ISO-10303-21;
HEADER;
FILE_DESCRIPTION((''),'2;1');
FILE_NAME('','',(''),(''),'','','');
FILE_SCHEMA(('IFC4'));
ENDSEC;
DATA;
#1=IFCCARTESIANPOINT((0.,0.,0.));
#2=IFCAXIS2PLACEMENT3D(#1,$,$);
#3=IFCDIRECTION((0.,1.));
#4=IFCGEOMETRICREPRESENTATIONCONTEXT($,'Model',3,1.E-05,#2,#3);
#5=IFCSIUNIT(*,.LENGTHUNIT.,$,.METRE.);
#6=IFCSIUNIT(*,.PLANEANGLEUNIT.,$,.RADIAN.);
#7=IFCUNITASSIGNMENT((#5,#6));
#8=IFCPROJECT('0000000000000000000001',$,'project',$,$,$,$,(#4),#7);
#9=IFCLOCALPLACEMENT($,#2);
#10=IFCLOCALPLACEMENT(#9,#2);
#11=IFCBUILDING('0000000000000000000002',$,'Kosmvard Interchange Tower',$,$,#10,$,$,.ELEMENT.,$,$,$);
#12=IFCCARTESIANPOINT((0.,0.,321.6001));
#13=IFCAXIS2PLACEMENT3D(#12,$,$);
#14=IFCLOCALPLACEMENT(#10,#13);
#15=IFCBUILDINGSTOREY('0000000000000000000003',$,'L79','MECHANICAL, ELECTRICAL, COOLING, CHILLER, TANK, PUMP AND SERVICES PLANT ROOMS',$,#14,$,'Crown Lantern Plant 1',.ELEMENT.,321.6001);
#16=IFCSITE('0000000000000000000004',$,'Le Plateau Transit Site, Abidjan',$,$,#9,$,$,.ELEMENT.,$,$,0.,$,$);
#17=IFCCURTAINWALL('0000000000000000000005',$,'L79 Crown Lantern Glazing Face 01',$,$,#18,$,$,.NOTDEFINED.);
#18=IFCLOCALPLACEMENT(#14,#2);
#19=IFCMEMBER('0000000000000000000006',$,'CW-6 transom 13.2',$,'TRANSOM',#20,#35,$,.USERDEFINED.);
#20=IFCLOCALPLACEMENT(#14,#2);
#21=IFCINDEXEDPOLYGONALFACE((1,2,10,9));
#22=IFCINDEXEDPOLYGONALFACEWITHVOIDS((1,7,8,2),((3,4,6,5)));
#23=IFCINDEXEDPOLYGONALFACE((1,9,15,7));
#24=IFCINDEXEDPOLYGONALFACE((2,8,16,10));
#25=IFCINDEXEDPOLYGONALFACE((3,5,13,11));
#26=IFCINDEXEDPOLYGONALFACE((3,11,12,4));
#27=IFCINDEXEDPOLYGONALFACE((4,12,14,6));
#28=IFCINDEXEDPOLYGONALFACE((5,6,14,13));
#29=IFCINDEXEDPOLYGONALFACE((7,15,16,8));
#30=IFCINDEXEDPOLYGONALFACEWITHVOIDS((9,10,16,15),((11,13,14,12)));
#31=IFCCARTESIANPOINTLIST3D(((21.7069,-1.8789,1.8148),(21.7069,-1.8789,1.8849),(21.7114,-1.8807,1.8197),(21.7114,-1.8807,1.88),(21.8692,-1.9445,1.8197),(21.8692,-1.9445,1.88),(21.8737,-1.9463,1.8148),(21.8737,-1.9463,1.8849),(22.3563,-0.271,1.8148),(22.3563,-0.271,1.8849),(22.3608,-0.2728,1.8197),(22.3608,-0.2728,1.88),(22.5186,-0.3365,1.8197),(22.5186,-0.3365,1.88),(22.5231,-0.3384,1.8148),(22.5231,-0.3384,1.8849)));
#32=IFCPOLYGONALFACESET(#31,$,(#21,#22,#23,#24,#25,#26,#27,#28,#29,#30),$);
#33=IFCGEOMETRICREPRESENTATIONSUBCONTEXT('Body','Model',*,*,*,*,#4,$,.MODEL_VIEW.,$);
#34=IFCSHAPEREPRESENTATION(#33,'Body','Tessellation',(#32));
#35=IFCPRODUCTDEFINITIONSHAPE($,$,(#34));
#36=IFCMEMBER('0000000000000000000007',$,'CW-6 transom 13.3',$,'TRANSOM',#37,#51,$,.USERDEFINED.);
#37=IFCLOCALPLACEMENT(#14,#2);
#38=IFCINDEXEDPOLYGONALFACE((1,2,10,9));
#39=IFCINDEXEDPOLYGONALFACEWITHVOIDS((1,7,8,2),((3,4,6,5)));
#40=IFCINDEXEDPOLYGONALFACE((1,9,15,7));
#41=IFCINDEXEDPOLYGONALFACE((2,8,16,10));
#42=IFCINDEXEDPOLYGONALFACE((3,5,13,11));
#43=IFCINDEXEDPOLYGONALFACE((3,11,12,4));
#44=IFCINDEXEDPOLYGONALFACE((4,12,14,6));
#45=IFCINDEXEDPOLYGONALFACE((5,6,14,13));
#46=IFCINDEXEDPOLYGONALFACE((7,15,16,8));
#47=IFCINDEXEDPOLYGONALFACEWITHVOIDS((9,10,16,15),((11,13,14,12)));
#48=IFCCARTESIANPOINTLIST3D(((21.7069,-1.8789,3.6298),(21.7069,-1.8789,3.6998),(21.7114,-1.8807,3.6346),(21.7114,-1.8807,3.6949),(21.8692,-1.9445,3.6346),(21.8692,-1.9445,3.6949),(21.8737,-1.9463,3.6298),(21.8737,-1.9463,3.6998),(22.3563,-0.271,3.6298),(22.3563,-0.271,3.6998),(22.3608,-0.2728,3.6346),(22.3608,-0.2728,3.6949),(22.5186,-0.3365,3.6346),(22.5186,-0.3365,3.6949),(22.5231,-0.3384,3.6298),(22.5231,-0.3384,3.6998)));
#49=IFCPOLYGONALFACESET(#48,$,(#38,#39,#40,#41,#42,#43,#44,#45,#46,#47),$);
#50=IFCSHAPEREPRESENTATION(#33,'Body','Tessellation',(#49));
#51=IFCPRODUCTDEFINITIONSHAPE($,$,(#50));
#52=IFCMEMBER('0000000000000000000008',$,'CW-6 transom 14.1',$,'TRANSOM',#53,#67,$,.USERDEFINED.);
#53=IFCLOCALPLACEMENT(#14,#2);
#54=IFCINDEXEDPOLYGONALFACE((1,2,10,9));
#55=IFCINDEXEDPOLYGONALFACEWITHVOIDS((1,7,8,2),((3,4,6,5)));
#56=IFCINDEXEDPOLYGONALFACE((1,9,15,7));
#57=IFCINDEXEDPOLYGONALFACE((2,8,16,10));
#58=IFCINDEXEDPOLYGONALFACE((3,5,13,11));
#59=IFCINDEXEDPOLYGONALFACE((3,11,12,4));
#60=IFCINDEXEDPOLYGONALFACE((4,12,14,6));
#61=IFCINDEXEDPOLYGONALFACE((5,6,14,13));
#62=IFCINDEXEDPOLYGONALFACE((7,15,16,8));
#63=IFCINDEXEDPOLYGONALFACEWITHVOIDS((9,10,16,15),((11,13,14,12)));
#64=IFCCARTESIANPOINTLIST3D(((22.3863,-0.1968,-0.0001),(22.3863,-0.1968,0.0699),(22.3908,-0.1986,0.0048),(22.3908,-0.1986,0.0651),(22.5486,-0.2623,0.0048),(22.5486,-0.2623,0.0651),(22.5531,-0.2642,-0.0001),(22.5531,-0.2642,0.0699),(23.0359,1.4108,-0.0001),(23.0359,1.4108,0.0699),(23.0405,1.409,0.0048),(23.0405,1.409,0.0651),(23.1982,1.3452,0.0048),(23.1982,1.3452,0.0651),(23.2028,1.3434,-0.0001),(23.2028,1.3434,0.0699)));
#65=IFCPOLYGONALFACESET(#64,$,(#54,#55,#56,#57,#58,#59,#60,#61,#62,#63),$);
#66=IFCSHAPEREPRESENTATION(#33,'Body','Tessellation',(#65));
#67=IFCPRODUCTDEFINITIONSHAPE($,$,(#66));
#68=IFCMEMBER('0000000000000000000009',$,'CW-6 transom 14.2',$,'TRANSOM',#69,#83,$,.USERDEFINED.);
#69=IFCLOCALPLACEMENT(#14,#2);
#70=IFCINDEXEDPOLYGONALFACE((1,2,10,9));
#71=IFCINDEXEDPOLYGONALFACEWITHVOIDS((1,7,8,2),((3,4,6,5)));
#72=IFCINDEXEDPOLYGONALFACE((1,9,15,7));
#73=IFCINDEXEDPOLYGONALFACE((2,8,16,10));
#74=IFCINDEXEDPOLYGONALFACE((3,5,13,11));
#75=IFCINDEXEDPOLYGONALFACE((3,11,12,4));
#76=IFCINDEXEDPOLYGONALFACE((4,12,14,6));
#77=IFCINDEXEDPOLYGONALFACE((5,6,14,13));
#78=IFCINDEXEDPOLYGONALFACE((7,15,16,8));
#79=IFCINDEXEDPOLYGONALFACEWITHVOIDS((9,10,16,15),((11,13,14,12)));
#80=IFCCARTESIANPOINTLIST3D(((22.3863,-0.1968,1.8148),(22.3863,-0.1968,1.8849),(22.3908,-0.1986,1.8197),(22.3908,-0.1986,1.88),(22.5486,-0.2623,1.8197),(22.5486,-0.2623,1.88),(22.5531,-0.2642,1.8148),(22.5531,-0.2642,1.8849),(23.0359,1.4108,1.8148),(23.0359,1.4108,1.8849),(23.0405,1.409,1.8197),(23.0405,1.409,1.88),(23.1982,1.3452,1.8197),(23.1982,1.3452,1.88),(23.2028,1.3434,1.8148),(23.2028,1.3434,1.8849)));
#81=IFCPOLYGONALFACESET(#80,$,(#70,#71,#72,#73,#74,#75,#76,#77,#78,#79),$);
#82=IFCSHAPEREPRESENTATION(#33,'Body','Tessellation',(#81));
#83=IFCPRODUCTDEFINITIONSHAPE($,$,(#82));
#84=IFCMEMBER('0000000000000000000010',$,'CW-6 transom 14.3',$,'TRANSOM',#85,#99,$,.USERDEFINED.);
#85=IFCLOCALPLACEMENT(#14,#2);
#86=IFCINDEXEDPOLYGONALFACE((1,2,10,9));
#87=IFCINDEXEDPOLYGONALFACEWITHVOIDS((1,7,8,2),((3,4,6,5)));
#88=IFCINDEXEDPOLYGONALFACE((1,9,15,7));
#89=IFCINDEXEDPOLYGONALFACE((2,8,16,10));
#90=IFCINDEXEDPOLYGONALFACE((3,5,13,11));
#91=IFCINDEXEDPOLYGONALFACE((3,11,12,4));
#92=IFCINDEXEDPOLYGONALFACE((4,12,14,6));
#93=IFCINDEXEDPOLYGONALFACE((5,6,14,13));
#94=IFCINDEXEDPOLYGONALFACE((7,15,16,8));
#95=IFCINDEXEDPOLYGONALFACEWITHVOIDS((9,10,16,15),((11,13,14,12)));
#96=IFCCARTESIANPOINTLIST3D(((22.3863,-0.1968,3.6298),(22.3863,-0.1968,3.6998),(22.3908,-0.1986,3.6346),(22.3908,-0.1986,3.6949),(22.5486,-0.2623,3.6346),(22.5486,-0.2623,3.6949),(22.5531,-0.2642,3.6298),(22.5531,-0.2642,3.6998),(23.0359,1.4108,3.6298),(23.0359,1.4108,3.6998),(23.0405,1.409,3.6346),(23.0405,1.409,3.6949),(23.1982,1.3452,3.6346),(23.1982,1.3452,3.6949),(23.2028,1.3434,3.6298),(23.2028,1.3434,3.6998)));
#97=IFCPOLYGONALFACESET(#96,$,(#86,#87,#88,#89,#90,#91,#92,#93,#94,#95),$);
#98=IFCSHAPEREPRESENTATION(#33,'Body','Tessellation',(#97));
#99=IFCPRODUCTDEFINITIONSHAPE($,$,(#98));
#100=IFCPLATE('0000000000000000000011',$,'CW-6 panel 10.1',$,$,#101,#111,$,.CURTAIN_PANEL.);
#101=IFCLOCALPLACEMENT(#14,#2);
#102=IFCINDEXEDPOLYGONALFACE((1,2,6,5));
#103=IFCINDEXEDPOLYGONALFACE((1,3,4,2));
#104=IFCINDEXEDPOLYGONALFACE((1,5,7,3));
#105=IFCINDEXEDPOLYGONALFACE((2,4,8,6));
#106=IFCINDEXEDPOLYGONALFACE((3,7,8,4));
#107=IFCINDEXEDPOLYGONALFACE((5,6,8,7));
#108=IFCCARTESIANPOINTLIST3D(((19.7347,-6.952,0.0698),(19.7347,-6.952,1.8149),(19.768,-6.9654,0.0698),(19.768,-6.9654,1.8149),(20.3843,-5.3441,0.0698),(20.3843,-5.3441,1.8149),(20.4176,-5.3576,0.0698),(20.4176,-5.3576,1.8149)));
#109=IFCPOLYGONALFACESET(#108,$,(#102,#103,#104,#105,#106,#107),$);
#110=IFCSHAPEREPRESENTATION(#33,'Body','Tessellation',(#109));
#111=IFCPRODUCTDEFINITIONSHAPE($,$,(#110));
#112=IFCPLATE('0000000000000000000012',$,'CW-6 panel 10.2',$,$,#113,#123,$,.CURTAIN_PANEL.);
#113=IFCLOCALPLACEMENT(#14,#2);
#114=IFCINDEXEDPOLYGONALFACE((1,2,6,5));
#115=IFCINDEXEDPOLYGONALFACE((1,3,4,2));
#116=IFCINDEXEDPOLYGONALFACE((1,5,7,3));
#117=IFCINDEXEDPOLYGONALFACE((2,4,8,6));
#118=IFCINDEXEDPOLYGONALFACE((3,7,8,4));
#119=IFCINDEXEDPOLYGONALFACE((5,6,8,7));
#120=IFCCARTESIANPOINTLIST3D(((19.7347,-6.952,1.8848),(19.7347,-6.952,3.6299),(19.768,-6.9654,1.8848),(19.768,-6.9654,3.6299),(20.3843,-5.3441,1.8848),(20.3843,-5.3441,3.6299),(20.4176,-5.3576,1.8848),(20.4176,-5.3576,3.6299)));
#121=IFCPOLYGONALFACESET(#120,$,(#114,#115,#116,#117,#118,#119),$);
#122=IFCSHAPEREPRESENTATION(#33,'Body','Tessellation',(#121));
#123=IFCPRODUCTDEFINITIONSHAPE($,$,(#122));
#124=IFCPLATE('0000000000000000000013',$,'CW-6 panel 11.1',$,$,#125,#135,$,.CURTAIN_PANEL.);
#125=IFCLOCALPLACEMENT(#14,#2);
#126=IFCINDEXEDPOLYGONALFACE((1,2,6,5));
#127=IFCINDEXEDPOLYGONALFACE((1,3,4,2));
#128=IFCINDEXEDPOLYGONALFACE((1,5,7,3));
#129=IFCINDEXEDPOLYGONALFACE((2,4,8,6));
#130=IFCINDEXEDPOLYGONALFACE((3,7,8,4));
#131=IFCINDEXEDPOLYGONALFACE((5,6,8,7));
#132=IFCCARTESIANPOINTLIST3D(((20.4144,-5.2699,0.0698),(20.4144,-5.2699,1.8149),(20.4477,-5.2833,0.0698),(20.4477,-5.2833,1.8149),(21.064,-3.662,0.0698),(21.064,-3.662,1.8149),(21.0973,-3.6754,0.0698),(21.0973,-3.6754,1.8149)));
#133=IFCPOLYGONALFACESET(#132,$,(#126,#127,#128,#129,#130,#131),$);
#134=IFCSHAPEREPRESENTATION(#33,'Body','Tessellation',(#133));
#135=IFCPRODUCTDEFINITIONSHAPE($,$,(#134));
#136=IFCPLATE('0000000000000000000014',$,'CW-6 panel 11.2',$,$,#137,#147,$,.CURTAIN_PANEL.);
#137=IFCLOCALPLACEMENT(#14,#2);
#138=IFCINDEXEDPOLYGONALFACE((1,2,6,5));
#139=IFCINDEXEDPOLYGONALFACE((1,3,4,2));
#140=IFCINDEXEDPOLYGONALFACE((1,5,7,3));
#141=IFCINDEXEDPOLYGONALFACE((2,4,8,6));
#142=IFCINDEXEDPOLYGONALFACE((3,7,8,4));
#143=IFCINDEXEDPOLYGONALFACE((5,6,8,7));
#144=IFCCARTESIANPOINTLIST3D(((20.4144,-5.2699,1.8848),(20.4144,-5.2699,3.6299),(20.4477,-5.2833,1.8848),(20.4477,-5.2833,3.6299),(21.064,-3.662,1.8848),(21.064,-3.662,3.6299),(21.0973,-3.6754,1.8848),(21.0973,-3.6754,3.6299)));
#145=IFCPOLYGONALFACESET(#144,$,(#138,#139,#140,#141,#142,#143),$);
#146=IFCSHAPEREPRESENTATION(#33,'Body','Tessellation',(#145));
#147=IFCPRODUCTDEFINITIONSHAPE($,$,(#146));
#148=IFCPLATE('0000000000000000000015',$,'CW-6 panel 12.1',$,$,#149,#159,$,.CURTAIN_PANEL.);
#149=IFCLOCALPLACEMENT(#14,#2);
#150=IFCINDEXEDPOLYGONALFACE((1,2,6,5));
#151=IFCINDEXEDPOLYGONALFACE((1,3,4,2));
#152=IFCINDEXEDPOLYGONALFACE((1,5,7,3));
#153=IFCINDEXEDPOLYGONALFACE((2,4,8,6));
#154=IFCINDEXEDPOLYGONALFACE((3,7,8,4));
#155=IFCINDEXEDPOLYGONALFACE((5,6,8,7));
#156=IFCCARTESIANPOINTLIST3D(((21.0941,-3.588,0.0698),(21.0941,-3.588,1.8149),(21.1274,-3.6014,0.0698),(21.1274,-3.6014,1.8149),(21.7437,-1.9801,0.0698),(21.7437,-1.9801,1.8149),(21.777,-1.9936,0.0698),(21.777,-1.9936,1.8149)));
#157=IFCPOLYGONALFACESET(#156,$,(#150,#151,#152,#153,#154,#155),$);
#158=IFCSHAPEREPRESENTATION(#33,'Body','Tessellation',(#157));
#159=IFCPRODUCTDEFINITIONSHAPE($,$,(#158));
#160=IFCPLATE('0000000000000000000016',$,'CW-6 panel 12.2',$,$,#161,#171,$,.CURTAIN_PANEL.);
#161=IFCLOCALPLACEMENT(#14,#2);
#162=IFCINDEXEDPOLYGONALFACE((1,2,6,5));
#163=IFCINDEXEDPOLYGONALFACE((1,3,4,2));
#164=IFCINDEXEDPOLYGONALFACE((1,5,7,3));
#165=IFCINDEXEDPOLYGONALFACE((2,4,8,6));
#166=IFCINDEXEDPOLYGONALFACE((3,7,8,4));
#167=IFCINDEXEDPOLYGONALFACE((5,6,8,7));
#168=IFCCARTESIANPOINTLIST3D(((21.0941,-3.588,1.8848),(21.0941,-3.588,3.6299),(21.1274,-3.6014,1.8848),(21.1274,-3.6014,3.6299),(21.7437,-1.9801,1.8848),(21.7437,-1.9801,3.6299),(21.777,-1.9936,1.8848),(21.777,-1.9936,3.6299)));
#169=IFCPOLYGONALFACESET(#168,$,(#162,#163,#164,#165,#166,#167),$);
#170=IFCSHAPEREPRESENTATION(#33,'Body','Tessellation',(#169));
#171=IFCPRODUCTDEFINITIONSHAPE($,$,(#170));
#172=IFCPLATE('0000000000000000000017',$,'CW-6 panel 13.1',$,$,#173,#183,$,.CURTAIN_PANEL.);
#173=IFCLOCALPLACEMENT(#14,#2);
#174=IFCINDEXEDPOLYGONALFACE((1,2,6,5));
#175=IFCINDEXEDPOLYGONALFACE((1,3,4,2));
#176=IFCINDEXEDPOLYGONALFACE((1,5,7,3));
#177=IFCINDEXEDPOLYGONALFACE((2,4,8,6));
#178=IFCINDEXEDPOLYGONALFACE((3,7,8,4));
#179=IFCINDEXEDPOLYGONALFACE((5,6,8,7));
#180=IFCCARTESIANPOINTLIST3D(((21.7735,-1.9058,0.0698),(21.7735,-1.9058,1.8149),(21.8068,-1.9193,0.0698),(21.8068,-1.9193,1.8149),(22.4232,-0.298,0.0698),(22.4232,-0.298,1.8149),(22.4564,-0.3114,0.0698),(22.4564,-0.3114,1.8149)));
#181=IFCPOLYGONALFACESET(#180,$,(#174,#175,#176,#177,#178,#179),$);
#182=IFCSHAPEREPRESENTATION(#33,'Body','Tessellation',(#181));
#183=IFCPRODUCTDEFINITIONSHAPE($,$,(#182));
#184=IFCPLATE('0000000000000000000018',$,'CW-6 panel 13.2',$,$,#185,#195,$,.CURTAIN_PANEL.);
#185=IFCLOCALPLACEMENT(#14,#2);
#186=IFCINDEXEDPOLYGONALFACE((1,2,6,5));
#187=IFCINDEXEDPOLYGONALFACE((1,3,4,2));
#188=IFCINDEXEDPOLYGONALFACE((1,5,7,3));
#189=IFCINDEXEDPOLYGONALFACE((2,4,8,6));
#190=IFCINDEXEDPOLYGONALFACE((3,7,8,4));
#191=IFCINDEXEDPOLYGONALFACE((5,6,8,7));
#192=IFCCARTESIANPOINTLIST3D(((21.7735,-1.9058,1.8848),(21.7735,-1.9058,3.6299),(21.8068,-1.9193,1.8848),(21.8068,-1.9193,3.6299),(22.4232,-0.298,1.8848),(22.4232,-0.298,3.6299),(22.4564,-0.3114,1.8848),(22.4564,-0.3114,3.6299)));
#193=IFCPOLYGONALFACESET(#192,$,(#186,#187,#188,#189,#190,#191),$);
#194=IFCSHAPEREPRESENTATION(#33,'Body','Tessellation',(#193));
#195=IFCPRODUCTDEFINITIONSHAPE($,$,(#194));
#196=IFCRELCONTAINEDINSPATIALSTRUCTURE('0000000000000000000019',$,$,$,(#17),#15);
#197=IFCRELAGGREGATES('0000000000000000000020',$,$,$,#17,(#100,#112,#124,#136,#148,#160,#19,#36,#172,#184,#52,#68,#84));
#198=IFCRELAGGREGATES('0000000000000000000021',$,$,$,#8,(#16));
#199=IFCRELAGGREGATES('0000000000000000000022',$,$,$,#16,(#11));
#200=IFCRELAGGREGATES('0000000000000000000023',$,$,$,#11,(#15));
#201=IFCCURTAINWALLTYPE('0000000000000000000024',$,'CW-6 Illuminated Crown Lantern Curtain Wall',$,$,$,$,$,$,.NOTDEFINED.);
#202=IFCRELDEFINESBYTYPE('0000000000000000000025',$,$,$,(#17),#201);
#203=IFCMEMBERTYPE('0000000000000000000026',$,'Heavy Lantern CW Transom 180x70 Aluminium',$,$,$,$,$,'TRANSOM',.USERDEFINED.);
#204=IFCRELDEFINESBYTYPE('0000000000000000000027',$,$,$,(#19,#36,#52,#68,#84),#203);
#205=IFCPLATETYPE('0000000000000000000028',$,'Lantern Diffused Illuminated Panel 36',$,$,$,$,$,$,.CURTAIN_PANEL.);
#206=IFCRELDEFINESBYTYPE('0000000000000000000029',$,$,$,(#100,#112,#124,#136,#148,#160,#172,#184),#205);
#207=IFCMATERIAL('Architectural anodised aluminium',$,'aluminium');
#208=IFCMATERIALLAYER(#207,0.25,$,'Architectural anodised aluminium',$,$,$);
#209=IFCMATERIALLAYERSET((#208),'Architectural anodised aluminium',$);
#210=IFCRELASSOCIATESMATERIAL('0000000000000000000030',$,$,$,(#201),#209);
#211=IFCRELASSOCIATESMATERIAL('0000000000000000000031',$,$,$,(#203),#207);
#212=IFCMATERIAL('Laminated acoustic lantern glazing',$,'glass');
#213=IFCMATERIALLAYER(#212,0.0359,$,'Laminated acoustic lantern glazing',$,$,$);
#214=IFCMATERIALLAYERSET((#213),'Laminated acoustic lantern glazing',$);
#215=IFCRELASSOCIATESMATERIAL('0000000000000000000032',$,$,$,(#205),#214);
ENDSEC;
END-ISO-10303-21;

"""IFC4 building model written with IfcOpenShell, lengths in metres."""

from ifc_helpers import new_model, si_unit, direction, frame, origin, origin_2d, place, context, subcontext, project, spatial, rectangle, hollow_rectangle, extrude, source, transform, mapped, material, layer, layer_set, material_profile, profile_set, type_object, element, aggregate, save


model = new_model("IFC4")

# Units and contexts
model_context = context("Model", 3, precision=1e-05, world=origin(), true_north=direction((0.0, 1.0)))
body_context = subcontext(model_context, "Body", "Model", "MODEL_VIEW")
ifc_project = project(units=[si_unit("LENGTHUNIT", "METRE"), si_unit("PLANEANGLEUNIT", "RADIAN")], contexts=[model_context])

# Site, building, storey
site_placement = place(None, origin())
site = spatial("IfcSite", under=ifc_project, at=site_placement, Name="Le Plateau Transit Site, Abidjan", CompositionType="ELEMENT", RefElevation=0.0)
building_placement = place(site_placement, origin())
building = spatial("IfcBuilding", under=site, at=building_placement, Name="Kosmvard Interchange Tower", CompositionType="ELEMENT")
storey_placement = place(building_placement, frame((0.0, 0.0, 321.6001)))
storey = spatial("IfcBuildingStorey", under=building, at=storey_placement, Name="L79", Description="MECHANICAL, ELECTRICAL, COOLING, CHILLER, TANK, PUMP AND SERVICES PLANT ROOMS", LongName="Crown Lantern Plant 1", CompositionType="ELEMENT", Elevation=321.6001)

# Curtain wall, members, plates
ifc_material_1 = material(Name="Architectural anodised aluminium", Category="aluminium")
ifc_layer_1 = layer(ifc_material_1, 0.25, Name="Architectural anodised aluminium")
ifc_layer_set_1 = layer_set([ifc_layer_1], Name="Architectural anodised aluminium")
curtain_wall_type = type_object("IfcCurtainWallType", Name="CW-6 Illuminated Crown Lantern Curtain Wall", PredefinedType="NOTDEFINED", material=ifc_layer_set_1)
curtain_wall_placement = place(storey_placement, origin())
curtain_wall = element("IfcCurtainWall", 1, at=curtain_wall_placement, inside=storey, type_object=curtain_wall_type, Name="L79 Crown Lantern Glazing Face 01", PredefinedType="NOTDEFINED")
ifc_material_profile_1 = material_profile(ifc_material_1, hollow_rectangle(XDim=0.1799, YDim=0.0701, WallThickness=0.0049, at=origin_2d()), Name="CWT 180x70x5")
ifc_profile_set_1 = profile_set([ifc_material_profile_1], Name="Architectural anodised aluminium")
member_type_1 = type_object("IfcMemberType", Name="Heavy Lantern CW Transom 180x70 Aluminium", ElementType="TRANSOM", PredefinedType="USERDEFINED", material=ifc_profile_set_1)
shared_shape_1 = source(origin(), body_context, "Body", "SweptSolid", [
    extrude(hollow_rectangle(XDim=0.1799, YDim=0.0701, WallThickness=0.0049, at=origin_2d()), origin(), (0.0, 0.0, 1.0), 1.7341),
])
member_1_placement = place(storey_placement, frame((21.7903, -1.9126, 1.8499), z_axis=(0.374496, 0.927229, 0.0), x_axis=(-0.927229, 0.374496, 0.0)))
member_1 = element("IfcMember", 2, at=member_1_placement, type_object=member_type_1, Name="CW-6 transom 13.2", ObjectType="TRANSOM", PredefinedType="USERDEFINED", context=body_context, shape_type="MappedRepresentation", body=[
    mapped(shared_shape_1, transform((0.0, 0.0, 0.0), scale=1.0)),
])
member_2_placement = place(storey_placement, frame((21.7903, -1.9126, 3.6648), z_axis=(0.374496, 0.927229, 0.0), x_axis=(-0.927229, 0.374496, 0.0)))
member_2 = element("IfcMember", 3, at=member_2_placement, type_object=member_type_1, Name="CW-6 transom 13.3", ObjectType="TRANSOM", PredefinedType="USERDEFINED", context=body_context, shape_type="MappedRepresentation", body=[
    mapped(shared_shape_1, transform((0.0, 0.0, 0.0), scale=1.0)),
])
shared_shape_2 = source(origin(), body_context, "Body", "SweptSolid", [
    extrude(hollow_rectangle(XDim=0.1799, YDim=0.0701, WallThickness=0.0049, at=origin_2d()), origin(), (0.0, 0.0, 1.0), 1.7339),
])
member_3_placement = place(storey_placement, frame((22.4697, -0.2305, 0.0349), z_axis=(0.374666, 0.92716, 0.0), x_axis=(-0.92716, 0.374666, 0.0)))
member_3 = element("IfcMember", 4, at=member_3_placement, type_object=member_type_1, Name="CW-6 transom 14.1", ObjectType="TRANSOM", PredefinedType="USERDEFINED", context=body_context, shape_type="MappedRepresentation", body=[
    mapped(shared_shape_2, transform((0.0, 0.0, 0.0), scale=1.0)),
])
member_4_placement = place(storey_placement, frame((22.4697, -0.2305, 1.8499), z_axis=(0.374666, 0.92716, 0.0), x_axis=(-0.92716, 0.374666, 0.0)))
member_4 = element("IfcMember", 5, at=member_4_placement, type_object=member_type_1, Name="CW-6 transom 14.2", ObjectType="TRANSOM", PredefinedType="USERDEFINED", context=body_context, shape_type="MappedRepresentation", body=[
    mapped(shared_shape_2, transform((0.0, 0.0, 0.0), scale=1.0)),
])
member_5_placement = place(storey_placement, frame((22.4697, -0.2305, 3.6648), z_axis=(0.374666, 0.92716, 0.0), x_axis=(-0.92716, 0.374666, 0.0)))
member_5 = element("IfcMember", 6, at=member_5_placement, type_object=member_type_1, Name="CW-6 transom 14.3", ObjectType="TRANSOM", PredefinedType="USERDEFINED", context=body_context, shape_type="MappedRepresentation", body=[
    mapped(shared_shape_2, transform((0.0, 0.0, 0.0), scale=1.0)),
])
ifc_material_2 = material(Name="Laminated acoustic lantern glazing", Category="glass")
ifc_layer_2 = layer(ifc_material_2, 0.0359, Name="Laminated acoustic lantern glazing")
ifc_layer_set_2 = layer_set([ifc_layer_2], Name="Laminated acoustic lantern glazing")
plate_type = type_object("IfcPlateType", Name="Lantern Diffused Illuminated Panel 36", PredefinedType="CURTAIN_PANEL", material=ifc_layer_set_2)
shared_shape_3 = source(origin(), body_context, "Body", "SweptSolid", [
    extrude(rectangle(XDim=1.7341, YDim=0.0359, at=origin_2d()), origin(), (0.0, 0.0, 1.0), 1.7451),
])
plate_1_placement = place(storey_placement, frame((20.0762, -6.1548, 0.0698), z_axis=(0.0, 0.0, 1.0), x_axis=(0.374607, 0.927184, 0.0)))
plate_1 = element("IfcPlate", 7, at=plate_1_placement, type_object=plate_type, Name="CW-6 panel 10.1", PredefinedType="CURTAIN_PANEL", context=body_context, shape_type="MappedRepresentation", body=[
    mapped(shared_shape_3, transform((0.0, 0.0, 0.0), scale=1.0)),
])
plate_2_placement = place(storey_placement, frame((20.0762, -6.1548, 1.8848), z_axis=(0.0, 0.0, 1.0), x_axis=(0.374607, 0.927184, 0.0)))
plate_2 = element("IfcPlate", 8, at=plate_2_placement, type_object=plate_type, Name="CW-6 panel 10.2", PredefinedType="CURTAIN_PANEL", context=body_context, shape_type="MappedRepresentation", body=[
    mapped(shared_shape_3, transform((0.0, 0.0, 0.0), scale=1.0)),
])
plate_3_placement = place(storey_placement, frame((20.7559, -4.4727, 0.0698), z_axis=(0.0, 0.0, 1.0), x_axis=(0.374607, 0.927184, 0.0)))
plate_3 = element("IfcPlate", 9, at=plate_3_placement, type_object=plate_type, Name="CW-6 panel 11.1", PredefinedType="CURTAIN_PANEL", context=body_context, shape_type="MappedRepresentation", body=[
    mapped(shared_shape_3, transform((0.0, 0.0, 0.0), scale=1.0)),
])
plate_4_placement = place(storey_placement, frame((20.7559, -4.4727, 1.8848), z_axis=(0.0, 0.0, 1.0), x_axis=(0.374607, 0.927184, 0.0)))
plate_4 = element("IfcPlate", 10, at=plate_4_placement, type_object=plate_type, Name="CW-6 panel 11.2", PredefinedType="CURTAIN_PANEL", context=body_context, shape_type="MappedRepresentation", body=[
    mapped(shared_shape_3, transform((0.0, 0.0, 0.0), scale=1.0)),
])
plate_5_placement = place(storey_placement, frame((21.4355, -2.7908, 0.0698), z_axis=(0.0, 0.0, 1.0), x_axis=(0.374607, 0.927184, 0.0)))
plate_5 = element("IfcPlate", 11, at=plate_5_placement, type_object=plate_type, Name="CW-6 panel 12.1", PredefinedType="CURTAIN_PANEL", context=body_context, shape_type="MappedRepresentation", body=[
    mapped(shared_shape_3, transform((0.0, 0.0, 0.0), scale=1.0)),
])
plate_6_placement = place(storey_placement, frame((21.4355, -2.7908, 1.8848), z_axis=(0.0, 0.0, 1.0), x_axis=(0.374607, 0.927184, 0.0)))
plate_6 = element("IfcPlate", 12, at=plate_6_placement, type_object=plate_type, Name="CW-6 panel 12.2", PredefinedType="CURTAIN_PANEL", context=body_context, shape_type="MappedRepresentation", body=[
    mapped(shared_shape_3, transform((0.0, 0.0, 0.0), scale=1.0)),
])
plate_7_placement = place(storey_placement, frame((22.115, -1.1086, 0.0698), z_axis=(0.0, 0.0, 1.0), x_axis=(0.374607, 0.927184, 0.0)))
plate_7 = element("IfcPlate", 13, at=plate_7_placement, type_object=plate_type, Name="CW-6 panel 13.1", PredefinedType="CURTAIN_PANEL", context=body_context, shape_type="MappedRepresentation", body=[
    mapped(shared_shape_3, transform((0.0, 0.0, 0.0), scale=1.0)),
])
plate_8_placement = place(storey_placement, frame((22.115, -1.1086, 1.8848), z_axis=(0.0, 0.0, 1.0), x_axis=(0.374607, 0.927184, 0.0)))
plate_8 = element("IfcPlate", 14, at=plate_8_placement, type_object=plate_type, Name="CW-6 panel 13.2", PredefinedType="CURTAIN_PANEL", context=body_context, shape_type="MappedRepresentation", body=[
    mapped(shared_shape_3, transform((0.0, 0.0, 0.0), scale=1.0)),
])
aggregate(curtain_wall, [plate_1, plate_2, plate_3, plate_4, plate_5, plate_6, member_1, member_2, plate_7, plate_8, member_3, member_4, member_5])

save(model, "model.ifc")
